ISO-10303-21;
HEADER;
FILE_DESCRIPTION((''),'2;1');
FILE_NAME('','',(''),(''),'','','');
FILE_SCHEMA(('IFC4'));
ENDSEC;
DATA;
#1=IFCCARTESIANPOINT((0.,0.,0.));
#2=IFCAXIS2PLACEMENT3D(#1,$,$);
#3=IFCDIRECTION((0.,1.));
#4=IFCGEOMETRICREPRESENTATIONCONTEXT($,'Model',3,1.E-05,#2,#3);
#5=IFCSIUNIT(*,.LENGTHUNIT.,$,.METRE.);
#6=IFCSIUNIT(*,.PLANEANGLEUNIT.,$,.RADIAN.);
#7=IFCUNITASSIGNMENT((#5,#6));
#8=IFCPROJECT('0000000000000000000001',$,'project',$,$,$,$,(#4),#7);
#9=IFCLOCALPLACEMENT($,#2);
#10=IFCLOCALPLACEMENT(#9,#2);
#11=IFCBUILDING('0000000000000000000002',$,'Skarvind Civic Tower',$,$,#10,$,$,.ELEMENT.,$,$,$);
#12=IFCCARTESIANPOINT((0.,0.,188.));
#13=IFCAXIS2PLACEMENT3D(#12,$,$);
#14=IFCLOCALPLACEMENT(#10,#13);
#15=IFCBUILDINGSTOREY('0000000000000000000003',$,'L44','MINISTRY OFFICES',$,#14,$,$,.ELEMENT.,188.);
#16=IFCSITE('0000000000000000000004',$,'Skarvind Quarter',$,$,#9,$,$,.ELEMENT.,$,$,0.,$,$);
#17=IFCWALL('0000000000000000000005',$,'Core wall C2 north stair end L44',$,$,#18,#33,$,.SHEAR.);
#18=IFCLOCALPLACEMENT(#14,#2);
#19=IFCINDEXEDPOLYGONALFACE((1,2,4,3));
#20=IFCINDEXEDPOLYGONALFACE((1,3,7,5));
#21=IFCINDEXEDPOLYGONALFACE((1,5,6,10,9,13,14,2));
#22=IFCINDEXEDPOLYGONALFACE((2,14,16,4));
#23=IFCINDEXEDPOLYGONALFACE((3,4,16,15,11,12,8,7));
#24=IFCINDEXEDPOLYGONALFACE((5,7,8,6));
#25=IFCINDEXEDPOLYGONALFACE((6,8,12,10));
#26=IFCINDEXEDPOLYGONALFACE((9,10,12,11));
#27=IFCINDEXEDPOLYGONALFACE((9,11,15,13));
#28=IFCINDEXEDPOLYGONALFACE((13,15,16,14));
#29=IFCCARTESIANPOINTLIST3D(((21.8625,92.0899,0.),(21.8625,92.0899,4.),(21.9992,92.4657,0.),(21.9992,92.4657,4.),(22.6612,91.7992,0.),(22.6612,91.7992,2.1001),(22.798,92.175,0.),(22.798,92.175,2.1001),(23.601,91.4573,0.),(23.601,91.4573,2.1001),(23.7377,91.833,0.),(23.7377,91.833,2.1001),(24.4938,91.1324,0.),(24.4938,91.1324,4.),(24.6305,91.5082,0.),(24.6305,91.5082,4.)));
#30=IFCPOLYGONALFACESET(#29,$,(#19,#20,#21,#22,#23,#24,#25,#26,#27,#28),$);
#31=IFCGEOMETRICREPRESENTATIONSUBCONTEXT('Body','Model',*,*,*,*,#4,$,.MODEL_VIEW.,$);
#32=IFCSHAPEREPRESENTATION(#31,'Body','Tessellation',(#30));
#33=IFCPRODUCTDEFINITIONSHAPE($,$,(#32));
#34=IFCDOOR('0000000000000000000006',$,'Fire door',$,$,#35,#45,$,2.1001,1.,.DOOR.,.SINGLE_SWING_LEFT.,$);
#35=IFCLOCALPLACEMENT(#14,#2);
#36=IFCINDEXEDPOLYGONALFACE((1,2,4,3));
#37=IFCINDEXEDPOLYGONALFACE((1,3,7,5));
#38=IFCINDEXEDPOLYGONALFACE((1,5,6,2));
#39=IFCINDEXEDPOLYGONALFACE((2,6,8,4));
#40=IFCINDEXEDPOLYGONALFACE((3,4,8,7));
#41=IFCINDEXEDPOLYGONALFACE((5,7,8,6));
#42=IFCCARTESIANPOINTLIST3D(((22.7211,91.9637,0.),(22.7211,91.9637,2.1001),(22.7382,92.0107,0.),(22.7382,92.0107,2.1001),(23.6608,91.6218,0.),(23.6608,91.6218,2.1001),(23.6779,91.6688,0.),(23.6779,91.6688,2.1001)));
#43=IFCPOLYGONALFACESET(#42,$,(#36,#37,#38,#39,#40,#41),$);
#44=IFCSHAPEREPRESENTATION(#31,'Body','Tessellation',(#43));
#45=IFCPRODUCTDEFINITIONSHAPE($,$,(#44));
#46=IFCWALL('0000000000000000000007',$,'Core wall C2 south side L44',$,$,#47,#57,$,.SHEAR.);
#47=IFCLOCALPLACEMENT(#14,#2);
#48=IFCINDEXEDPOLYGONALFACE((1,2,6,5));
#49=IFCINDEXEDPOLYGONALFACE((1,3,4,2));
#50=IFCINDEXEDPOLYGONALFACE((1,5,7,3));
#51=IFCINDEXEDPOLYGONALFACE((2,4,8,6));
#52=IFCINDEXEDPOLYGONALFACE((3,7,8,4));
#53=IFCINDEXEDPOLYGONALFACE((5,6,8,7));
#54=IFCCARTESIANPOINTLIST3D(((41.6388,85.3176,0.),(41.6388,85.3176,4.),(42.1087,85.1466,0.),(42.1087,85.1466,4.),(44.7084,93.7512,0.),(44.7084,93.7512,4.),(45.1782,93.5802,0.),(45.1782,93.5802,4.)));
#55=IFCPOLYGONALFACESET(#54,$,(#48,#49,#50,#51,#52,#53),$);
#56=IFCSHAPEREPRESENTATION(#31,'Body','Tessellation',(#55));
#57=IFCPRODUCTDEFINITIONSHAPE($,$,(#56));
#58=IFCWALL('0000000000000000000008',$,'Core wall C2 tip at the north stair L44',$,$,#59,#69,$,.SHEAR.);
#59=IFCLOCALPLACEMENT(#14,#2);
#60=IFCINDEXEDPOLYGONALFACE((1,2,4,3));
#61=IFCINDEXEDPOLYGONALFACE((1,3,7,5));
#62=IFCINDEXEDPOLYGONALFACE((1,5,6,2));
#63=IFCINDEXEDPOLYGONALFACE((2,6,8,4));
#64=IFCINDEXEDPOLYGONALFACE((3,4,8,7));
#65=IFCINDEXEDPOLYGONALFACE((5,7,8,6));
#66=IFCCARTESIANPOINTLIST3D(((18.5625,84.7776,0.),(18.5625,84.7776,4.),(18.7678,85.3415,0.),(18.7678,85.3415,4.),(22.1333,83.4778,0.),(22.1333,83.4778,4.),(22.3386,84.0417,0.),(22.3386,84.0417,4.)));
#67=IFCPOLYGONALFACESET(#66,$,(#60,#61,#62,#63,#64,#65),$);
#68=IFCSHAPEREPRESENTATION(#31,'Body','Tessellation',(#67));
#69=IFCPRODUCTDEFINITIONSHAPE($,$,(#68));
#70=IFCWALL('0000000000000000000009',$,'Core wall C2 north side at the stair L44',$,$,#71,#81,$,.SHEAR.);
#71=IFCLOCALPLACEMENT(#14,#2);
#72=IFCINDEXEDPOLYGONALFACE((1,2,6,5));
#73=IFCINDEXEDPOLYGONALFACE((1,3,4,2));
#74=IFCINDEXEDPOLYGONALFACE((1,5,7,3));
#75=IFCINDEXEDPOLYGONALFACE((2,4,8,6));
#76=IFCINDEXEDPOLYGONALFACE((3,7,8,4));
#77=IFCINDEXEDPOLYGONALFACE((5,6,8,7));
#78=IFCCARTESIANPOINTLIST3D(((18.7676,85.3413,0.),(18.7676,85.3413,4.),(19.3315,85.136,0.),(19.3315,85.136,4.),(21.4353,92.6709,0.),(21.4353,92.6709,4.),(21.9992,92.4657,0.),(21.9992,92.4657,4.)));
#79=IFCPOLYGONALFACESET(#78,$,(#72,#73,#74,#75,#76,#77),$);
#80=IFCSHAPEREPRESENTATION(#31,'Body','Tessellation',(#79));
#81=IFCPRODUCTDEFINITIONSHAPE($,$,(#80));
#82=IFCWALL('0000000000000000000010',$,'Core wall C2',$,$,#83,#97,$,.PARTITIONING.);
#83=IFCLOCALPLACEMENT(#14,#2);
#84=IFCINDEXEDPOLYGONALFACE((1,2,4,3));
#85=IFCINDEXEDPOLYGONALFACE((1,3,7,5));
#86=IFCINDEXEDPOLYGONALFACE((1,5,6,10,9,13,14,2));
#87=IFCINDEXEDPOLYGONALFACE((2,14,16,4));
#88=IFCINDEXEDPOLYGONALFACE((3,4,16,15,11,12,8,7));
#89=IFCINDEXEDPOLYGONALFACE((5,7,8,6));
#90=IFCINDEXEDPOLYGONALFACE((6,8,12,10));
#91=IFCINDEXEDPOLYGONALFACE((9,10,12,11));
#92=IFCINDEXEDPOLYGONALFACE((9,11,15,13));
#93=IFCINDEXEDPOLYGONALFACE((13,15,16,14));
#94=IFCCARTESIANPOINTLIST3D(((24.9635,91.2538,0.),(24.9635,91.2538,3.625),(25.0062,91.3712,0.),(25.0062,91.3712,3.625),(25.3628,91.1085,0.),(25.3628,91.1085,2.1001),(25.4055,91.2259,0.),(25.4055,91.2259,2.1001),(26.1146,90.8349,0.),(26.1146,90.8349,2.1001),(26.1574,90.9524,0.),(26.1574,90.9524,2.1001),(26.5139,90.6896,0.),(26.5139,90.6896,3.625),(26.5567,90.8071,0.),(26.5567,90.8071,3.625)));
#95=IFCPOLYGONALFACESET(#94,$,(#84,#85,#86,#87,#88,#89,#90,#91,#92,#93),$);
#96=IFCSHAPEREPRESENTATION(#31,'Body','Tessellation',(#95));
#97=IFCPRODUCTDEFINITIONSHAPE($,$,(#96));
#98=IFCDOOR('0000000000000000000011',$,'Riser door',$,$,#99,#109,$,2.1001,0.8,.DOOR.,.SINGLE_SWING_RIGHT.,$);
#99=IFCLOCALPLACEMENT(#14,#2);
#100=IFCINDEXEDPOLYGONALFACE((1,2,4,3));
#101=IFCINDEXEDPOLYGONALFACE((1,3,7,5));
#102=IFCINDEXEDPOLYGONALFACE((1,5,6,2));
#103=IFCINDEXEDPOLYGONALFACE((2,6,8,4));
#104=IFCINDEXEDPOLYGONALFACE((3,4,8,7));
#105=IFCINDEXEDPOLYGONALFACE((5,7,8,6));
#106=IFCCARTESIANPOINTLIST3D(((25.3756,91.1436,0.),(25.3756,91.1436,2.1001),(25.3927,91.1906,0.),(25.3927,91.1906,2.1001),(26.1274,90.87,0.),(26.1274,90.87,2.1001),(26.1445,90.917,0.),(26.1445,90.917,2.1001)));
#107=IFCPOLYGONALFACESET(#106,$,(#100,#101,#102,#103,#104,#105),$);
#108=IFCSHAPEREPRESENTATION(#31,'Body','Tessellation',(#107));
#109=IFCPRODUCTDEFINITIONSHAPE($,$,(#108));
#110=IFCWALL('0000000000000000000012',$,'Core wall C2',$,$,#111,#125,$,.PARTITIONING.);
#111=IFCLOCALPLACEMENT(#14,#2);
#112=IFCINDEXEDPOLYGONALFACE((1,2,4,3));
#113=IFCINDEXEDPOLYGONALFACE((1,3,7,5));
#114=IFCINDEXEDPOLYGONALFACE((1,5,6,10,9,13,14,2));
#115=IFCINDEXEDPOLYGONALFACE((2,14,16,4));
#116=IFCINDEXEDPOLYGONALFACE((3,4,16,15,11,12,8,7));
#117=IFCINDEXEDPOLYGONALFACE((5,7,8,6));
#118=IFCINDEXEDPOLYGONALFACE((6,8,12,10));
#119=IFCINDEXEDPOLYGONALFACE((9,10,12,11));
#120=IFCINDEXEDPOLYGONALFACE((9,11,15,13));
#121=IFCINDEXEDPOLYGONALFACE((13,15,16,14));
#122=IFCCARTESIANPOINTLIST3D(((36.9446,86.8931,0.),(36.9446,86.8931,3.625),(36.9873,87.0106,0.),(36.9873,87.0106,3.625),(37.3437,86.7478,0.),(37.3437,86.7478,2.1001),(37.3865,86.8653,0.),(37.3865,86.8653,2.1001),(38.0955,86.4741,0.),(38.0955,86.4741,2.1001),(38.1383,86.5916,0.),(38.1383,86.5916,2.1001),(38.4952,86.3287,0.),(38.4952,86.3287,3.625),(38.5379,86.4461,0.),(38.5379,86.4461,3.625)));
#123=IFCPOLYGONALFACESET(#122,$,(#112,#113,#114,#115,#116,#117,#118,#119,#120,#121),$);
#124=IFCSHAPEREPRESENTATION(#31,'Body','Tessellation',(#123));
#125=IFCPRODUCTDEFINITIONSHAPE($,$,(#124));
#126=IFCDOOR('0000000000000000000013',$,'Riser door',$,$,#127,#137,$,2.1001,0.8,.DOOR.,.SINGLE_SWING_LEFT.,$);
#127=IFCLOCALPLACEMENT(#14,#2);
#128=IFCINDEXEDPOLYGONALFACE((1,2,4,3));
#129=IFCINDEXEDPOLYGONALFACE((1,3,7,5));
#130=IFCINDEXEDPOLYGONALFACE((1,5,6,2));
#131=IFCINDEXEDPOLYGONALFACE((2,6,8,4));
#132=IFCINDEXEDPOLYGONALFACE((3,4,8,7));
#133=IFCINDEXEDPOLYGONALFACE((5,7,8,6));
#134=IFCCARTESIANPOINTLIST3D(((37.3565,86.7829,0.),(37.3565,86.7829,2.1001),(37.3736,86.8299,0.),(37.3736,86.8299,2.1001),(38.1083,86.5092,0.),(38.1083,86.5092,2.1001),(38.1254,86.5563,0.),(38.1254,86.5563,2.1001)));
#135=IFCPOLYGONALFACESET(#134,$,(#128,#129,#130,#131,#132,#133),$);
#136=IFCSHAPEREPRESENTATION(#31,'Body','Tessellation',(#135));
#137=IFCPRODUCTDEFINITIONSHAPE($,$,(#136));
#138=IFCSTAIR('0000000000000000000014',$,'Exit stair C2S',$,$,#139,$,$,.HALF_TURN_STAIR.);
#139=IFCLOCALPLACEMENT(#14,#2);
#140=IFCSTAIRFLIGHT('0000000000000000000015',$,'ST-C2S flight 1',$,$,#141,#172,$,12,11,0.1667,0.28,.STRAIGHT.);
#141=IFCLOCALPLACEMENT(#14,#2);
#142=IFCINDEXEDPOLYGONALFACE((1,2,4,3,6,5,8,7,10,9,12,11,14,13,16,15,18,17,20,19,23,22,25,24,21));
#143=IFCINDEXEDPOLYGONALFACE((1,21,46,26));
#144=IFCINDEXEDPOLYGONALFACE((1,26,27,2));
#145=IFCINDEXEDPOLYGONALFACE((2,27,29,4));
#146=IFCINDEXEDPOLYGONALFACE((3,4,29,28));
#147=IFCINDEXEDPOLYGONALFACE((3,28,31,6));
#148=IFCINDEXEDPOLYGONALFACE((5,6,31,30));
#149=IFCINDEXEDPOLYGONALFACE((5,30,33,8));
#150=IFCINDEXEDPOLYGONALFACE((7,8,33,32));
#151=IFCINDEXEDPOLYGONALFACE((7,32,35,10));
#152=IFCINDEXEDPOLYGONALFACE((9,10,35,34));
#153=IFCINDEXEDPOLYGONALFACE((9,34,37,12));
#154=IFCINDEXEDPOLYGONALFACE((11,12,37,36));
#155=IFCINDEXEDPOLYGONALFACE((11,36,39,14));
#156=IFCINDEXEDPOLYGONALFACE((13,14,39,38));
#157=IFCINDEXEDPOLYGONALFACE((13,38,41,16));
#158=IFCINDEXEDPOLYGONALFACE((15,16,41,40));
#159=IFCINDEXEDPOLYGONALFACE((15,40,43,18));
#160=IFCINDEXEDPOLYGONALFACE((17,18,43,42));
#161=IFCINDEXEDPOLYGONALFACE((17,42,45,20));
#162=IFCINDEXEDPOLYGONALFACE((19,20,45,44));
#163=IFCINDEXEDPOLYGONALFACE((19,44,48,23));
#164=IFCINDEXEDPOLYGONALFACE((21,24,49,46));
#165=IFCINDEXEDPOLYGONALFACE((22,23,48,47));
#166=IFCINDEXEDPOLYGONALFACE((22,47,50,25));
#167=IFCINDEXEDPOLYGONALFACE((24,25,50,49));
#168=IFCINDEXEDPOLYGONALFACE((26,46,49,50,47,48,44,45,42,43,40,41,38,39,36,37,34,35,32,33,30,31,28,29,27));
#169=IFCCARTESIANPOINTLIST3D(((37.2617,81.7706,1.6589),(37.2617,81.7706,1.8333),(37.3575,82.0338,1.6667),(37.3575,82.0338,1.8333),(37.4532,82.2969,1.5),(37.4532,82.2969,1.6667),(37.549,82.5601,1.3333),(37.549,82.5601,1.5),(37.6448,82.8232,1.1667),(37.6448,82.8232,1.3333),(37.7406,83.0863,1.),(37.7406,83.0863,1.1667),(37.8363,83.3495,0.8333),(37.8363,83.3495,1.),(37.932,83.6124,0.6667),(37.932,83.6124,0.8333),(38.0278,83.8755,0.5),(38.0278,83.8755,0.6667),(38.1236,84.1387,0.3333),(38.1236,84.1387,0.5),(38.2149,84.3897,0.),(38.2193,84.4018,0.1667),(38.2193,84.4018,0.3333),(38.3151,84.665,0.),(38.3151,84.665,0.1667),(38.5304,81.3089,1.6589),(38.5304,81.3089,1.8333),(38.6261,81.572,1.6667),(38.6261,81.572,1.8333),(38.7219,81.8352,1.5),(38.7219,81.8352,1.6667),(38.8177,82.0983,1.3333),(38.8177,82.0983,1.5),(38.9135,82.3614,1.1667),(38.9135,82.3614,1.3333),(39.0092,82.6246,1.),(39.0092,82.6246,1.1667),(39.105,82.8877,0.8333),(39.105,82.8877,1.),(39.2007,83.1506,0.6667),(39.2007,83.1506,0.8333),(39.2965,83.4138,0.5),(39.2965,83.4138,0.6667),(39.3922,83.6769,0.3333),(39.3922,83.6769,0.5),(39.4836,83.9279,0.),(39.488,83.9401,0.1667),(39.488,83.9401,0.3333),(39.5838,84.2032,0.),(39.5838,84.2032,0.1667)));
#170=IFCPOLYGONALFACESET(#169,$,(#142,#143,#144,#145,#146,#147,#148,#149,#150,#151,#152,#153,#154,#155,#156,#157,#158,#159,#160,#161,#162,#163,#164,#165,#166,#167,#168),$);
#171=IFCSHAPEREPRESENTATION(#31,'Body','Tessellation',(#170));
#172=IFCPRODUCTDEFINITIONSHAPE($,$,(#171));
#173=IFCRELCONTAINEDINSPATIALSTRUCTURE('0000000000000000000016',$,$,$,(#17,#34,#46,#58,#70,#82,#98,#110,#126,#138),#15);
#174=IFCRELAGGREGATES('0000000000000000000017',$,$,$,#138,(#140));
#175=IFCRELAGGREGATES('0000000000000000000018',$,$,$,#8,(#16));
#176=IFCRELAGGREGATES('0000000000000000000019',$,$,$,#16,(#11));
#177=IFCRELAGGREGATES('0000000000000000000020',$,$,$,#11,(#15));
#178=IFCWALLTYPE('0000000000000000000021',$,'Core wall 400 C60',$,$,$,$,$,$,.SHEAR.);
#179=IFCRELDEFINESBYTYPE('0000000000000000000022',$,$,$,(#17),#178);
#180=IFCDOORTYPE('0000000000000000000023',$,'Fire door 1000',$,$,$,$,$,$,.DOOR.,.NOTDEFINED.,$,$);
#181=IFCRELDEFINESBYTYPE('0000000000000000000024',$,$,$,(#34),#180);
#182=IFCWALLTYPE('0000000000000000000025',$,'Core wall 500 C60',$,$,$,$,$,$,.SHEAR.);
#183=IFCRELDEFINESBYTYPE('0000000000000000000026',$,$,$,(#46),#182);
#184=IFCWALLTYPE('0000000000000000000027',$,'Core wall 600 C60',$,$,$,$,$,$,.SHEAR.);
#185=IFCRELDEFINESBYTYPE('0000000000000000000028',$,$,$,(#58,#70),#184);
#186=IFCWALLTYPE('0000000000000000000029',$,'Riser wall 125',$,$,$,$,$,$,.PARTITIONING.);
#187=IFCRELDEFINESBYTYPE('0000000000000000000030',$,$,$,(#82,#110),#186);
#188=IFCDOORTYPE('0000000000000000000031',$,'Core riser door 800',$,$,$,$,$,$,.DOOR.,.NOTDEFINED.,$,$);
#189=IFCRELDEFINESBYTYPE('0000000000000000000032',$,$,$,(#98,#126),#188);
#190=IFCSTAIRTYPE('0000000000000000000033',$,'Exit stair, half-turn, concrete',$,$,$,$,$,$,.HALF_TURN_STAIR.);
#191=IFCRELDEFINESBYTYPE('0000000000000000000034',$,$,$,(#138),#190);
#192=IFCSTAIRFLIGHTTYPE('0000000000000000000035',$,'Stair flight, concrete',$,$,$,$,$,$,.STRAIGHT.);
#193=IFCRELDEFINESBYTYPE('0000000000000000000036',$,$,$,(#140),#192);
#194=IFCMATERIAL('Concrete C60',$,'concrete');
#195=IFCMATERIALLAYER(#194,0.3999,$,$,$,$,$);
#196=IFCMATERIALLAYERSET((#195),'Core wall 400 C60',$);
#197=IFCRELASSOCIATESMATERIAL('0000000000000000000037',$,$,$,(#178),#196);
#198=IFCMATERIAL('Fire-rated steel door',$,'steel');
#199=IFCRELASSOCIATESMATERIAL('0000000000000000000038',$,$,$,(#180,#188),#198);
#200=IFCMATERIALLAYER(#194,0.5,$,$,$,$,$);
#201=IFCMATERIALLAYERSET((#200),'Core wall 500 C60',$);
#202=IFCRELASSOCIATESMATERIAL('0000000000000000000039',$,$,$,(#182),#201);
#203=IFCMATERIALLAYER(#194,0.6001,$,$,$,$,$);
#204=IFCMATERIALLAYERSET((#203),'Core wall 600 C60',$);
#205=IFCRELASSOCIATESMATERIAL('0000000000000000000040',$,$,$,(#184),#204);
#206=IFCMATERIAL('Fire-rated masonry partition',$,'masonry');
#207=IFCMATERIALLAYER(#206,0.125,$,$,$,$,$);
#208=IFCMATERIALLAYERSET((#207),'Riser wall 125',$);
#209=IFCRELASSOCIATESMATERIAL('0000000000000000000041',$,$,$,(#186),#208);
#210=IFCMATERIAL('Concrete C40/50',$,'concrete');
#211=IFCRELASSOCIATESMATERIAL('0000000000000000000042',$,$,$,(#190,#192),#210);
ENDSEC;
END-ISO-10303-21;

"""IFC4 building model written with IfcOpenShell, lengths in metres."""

from ifc_helpers import new_model, si_unit, direction, frame, frame_2d, origin, place, context, subcontext, project, spatial, polyline, rectangle, outline, extrude, material, layer, layer_set, type_object, element, fill, aggregate, save


model = new_model("IFC4")

# Units and contexts
model_context = context("Model", 3, precision=1e-05, world=origin(), true_north=direction((0.0, 1.0)))
body_context = subcontext(model_context, "Body", "Model", "MODEL_VIEW")
ifc_project = project(units=[si_unit("LENGTHUNIT", "METRE"), si_unit("PLANEANGLEUNIT", "RADIAN")], contexts=[model_context])

# Site, building, storey
site_placement = place(None, origin())
site = spatial("IfcSite", under=ifc_project, at=site_placement, Name="Skarvind Quarter", CompositionType="ELEMENT", RefElevation=0.0)
building_placement = place(site_placement, origin())
building = spatial("IfcBuilding", under=site, at=building_placement, Name="Skarvind Civic Tower", CompositionType="ELEMENT")
storey_placement = place(building_placement, frame((0.0, 0.0, 188.0)))
storey = spatial("IfcBuildingStorey", under=building, at=storey_placement, Name="L44", Description="MINISTRY OFFICES", CompositionType="ELEMENT", Elevation=188.0)

# Shared definitions
ifc_material_1 = material(Name="Fire-rated masonry partition", Category="masonry")
ifc_material_2 = material(Name="Fire-rated steel door", Category="steel")

# Shared definitions
ifc_material_3 = material(Name="Concrete C60", Category="concrete")

# Shared definitions
ifc_layer_1 = layer(ifc_material_3, 0.3999)
ifc_layer_set_1 = layer_set([ifc_layer_1], Name="Core wall 400 C60")
wall_type_1 = type_object("IfcWallType", Name="Core wall 400 C60", PredefinedType="SHEAR", material=ifc_layer_set_1)
door_type_1 = type_object("IfcDoorType", Name="Fire door 1000", OperationType="NOTDEFINED", PredefinedType="DOOR", material=ifc_material_2)

# Wall, opening, door
wall_1_placement = place(storey_placement, frame((24.562, 91.3203, 0.0), z_axis=(0.0, 0.0, 1.0), x_axis=(-0.939717, 0.341953, 0.0)))
wall_1 = element("IfcWall", 1, at=wall_1_placement, inside=storey, type_object=wall_type_1, Name="Core wall C2 north stair end L44", PredefinedType="SHEAR", context=body_context, shape_type="SweptSolid", body=[
    extrude(rectangle(XDim=2.8, YDim=0.3999, at=frame_2d((1.3999, 0.0))), origin(), (0.0, 0.0, 1.0), 4.0),
])
opening_1_placement = place(wall_1_placement, frame((0.95, 0.0, 0.0)))
opening_1 = element("IfcOpeningElement", 2, at=opening_1_placement, cuts=wall_1, PredefinedType="OPENING", context=body_context, shape_type="SweptSolid", body=[
    extrude(rectangle(XDim=1.0, YDim=2.1001, at=frame_2d((0.5, 1.05))), frame((0.0, 0.21, 0.0), z_axis=(0.0, -1.0, 0.0), x_axis=(1.0, 0.0, 0.0)), (0.0, 0.0, 1.0), 0.4199),
])
door_1_placement = place(opening_1_placement, origin())
door_1 = element("IfcDoor", 3, at=door_1_placement, inside=storey, type_object=door_type_1, Name="Fire door", OperationType="SINGLE_SWING_LEFT", OverallHeight=2.1001, OverallWidth=1.0, PredefinedType="DOOR", context=body_context, shape_type="SweptSolid", body=[
    extrude(rectangle(XDim=1.0, YDim=2.1001, at=frame_2d((0.5, 1.05))), frame((0.0, 0.0249, 0.0), z_axis=(0.0, -1.0, 0.0), x_axis=(1.0, 0.0, 0.0)), (0.0, 0.0, 1.0), 0.05),
])
fill(opening_1, door_1)

# Walls
ifc_layer_2 = layer(ifc_material_3, 0.5)
ifc_layer_set_2 = layer_set([ifc_layer_2], Name="Core wall 500 C60")
wall_type_2 = type_object("IfcWallType", Name="Core wall 500 C60", PredefinedType="SHEAR", material=ifc_layer_set_2)
wall_2_placement = place(storey_placement, frame((41.8738, 85.2322, 0.0), z_axis=(0.0, 0.0, 1.0), x_axis=(0.34202, 0.939693, 0.0)))
element("IfcWall", 4, at=wall_2_placement, inside=storey, type_object=wall_type_2, Name="Core wall C2 south side L44", PredefinedType="SHEAR", context=body_context, shape_type="SweptSolid", body=[
    extrude(rectangle(XDim=8.9749, YDim=0.5, at=frame_2d((4.4873, 0.0))), origin(), (0.0, 0.0, 1.0), 4.0),
])
ifc_layer_3 = layer(ifc_material_3, 0.6001)
ifc_layer_set_3 = layer_set([ifc_layer_3], Name="Core wall 600 C60")
wall_type_3 = type_object("IfcWallType", Name="Core wall 600 C60", PredefinedType="SHEAR", material=ifc_layer_set_3)
wall_3_placement = place(storey_placement, frame((22.2358, 83.7598, 0.0), z_axis=(0.0, 0.0, 1.0), x_axis=(-0.939681, 0.342053, 0.0)))
element("IfcWall", 5, at=wall_3_placement, inside=storey, type_object=wall_type_3, Name="Core wall C2 tip at the north stair L44", PredefinedType="SHEAR", context=body_context, shape_type="SweptSolid", body=[
    extrude(rectangle(XDim=3.8, YDim=0.6001, at=frame_2d((1.8999, 0.0))), origin(), (0.0, 0.0, 1.0), 4.0),
])
wall_4_placement = place(storey_placement, frame((19.0496, 85.2388, 0.0), z_axis=(0.0, 0.0, 1.0), x_axis=(0.342017, 0.939694, 0.0)))
element("IfcWall", 6, at=wall_4_placement, inside=storey, type_object=wall_type_3, Name="Core wall C2 north side at the stair L44", PredefinedType="SHEAR", context=body_context, shape_type="SweptSolid", body=[
    extrude(rectangle(XDim=7.8, YDim=0.6001, at=frame_2d((3.8999, 0.0))), origin(), (0.0, 0.0, 1.0), 4.0),
])

# Walls, openings, doors
ifc_layer_4 = layer(ifc_material_1, 0.125)
ifc_layer_set_4 = layer_set([ifc_layer_4], Name="Riser wall 125")
wall_type_4 = type_object("IfcWallType", Name="Riser wall 125", PredefinedType="PARTITIONING", material=ifc_layer_set_4)
wall_5_placement = place(storey_placement, frame((24.9849, 91.3125, 0.0), z_axis=(0.0, 0.0, 1.0), x_axis=(0.93972, -0.341945, 0.0)))
wall_5 = element("IfcWall", 7, at=wall_5_placement, inside=storey, type_object=wall_type_4, Name="Core wall C2", PredefinedType="PARTITIONING", context=body_context, shape_type="SweptSolid", body=[
    extrude(rectangle(XDim=1.6499, YDim=0.125, at=frame_2d((0.825, 0.0))), origin(), (0.0, 0.0, 1.0), 3.625),
])
opening_2_placement = place(wall_5_placement, frame((0.425, 0.0, 0.0)))
opening_2 = element("IfcOpeningElement", 8, at=opening_2_placement, cuts=wall_5, PredefinedType="OPENING", context=body_context, shape_type="SweptSolid", body=[
    extrude(rectangle(XDim=0.8, YDim=2.1001, at=frame_2d((0.3999, 1.05))), frame((0.0, 0.0725, 0.0), z_axis=(0.0, -1.0, 0.0), x_axis=(1.0, 0.0, 0.0)), (0.0, 0.0, 1.0), 0.145),
])
door_type_2 = type_object("IfcDoorType", Name="Core riser door 800", OperationType="NOTDEFINED", PredefinedType="DOOR", material=ifc_material_2)
door_2_placement = place(opening_2_placement, origin())
door_2 = element("IfcDoor", 9, at=door_2_placement, inside=storey, type_object=door_type_2, Name="Riser door", OperationType="SINGLE_SWING_RIGHT", OverallHeight=2.1001, OverallWidth=0.8, PredefinedType="DOOR", context=body_context, shape_type="SweptSolid", body=[
    extrude(rectangle(XDim=0.8, YDim=2.1001, at=frame_2d((0.3999, 1.05))), frame((0.0, 0.0249, 0.0), z_axis=(0.0, -1.0, 0.0), x_axis=(1.0, 0.0, 0.0)), (0.0, 0.0, 1.0), 0.05),
])
fill(opening_2, door_2)
wall_6_placement = place(storey_placement, frame((36.9658, 86.9519, 0.0), z_axis=(0.0, 0.0, 1.0), x_axis=(0.939672, -0.342076, 0.0)))
wall_6 = element("IfcWall", 10, at=wall_6_placement, inside=storey, type_object=wall_type_4, Name="Core wall C2", PredefinedType="PARTITIONING", context=body_context, shape_type="SweptSolid", body=[
    extrude(rectangle(XDim=1.6501, YDim=0.125, at=frame_2d((0.8252, 0.0))), origin(), (0.0, 0.0, 1.0), 3.625),
])
opening_3_placement = place(wall_6_placement, frame((0.425, 0.0, 0.0)))
opening_3 = element("IfcOpeningElement", 11, at=opening_3_placement, cuts=wall_6, PredefinedType="OPENING", context=body_context, shape_type="SweptSolid", body=[
    extrude(rectangle(XDim=0.8, YDim=2.1001, at=frame_2d((0.3999, 1.05))), frame((0.0, 0.0725, 0.0), z_axis=(0.0, -1.0, 0.0), x_axis=(1.0, 0.0, 0.0)), (0.0, 0.0, 1.0), 0.145),
])
door_3_placement = place(opening_3_placement, origin())
door_3 = element("IfcDoor", 12, at=door_3_placement, inside=storey, type_object=door_type_2, Name="Riser door", OperationType="SINGLE_SWING_LEFT", OverallHeight=2.1001, OverallWidth=0.8, PredefinedType="DOOR", context=body_context, shape_type="SweptSolid", body=[
    extrude(rectangle(XDim=0.8, YDim=2.1001, at=frame_2d((0.3999, 1.05))), frame((0.0, 0.0249, 0.0), z_axis=(0.0, -1.0, 0.0), x_axis=(1.0, 0.0, 0.0)), (0.0, 0.0, 1.0), 0.05),
])
fill(opening_3, door_3)

# Stair, stair flight
ifc_material_4 = material(Name="Concrete C40/50", Category="concrete")
stair_type = type_object("IfcStairType", Name="Exit stair, half-turn, concrete", PredefinedType="HALF_TURN_STAIR", material=ifc_material_4)
stair_1_placement = place(storey_placement, origin())
stair_1 = element("IfcStair", 13, at=stair_1_placement, inside=storey, type_object=stair_type, Name="Exit stair C2S", PredefinedType="HALF_TURN_STAIR")
stair_flight_type = type_object("IfcStairFlightType", Name="Stair flight, concrete", PredefinedType="STRAIGHT", material=ifc_material_4)
stair_flight_1_placement = place(storey_placement, frame((38.9495, 84.4341, 0.0), z_axis=(0.0, 0.0, 1.0), x_axis=(-0.34202, -0.939693, 0.0)))
stair_flight_1 = element("IfcStairFlight", 14, at=stair_flight_1_placement, type_object=stair_flight_type, Name="ST-C2S flight 1", NumberOfRisers=12, NumberOfTreads=11, PredefinedType="STRAIGHT", RiserHeight=0.1667, TreadLength=0.28, context=body_context, shape_type="SweptSolid", body=[
    extrude(outline(polyline([(0.0, 0.0), (0.0, 0.1667), (0.28, 0.1667), (0.28, 0.3333), (0.5601, 0.3333), (0.5601, 0.5), (0.8401, 0.5), (0.8401, 0.6667), (1.1201, 0.6667), (1.1201, 0.8333), (1.3999, 0.8333), (1.3999, 1.0), (1.6799, 1.0), (1.6799, 1.1667), (1.96, 1.1667), (1.96, 1.3333), (2.24, 1.3333), (2.24, 1.5), (2.52, 1.5), (2.52, 1.6667), (2.8, 1.6667), (2.8, 1.8333), (3.0801, 1.8333), (3.0801, 2.0), (3.0801, 1.6589), (0.293, 0.0), (0.0, 0.0)])), frame((0.0, 0.675, 0.0), z_axis=(0.0, -1.0, 0.0), x_axis=(1.0, 0.0, 0.0)), (0.0, 0.0, 1.0), 1.3501),
])
aggregate(stair_1, [stair_flight_1])

save(model, "model.ifc")
